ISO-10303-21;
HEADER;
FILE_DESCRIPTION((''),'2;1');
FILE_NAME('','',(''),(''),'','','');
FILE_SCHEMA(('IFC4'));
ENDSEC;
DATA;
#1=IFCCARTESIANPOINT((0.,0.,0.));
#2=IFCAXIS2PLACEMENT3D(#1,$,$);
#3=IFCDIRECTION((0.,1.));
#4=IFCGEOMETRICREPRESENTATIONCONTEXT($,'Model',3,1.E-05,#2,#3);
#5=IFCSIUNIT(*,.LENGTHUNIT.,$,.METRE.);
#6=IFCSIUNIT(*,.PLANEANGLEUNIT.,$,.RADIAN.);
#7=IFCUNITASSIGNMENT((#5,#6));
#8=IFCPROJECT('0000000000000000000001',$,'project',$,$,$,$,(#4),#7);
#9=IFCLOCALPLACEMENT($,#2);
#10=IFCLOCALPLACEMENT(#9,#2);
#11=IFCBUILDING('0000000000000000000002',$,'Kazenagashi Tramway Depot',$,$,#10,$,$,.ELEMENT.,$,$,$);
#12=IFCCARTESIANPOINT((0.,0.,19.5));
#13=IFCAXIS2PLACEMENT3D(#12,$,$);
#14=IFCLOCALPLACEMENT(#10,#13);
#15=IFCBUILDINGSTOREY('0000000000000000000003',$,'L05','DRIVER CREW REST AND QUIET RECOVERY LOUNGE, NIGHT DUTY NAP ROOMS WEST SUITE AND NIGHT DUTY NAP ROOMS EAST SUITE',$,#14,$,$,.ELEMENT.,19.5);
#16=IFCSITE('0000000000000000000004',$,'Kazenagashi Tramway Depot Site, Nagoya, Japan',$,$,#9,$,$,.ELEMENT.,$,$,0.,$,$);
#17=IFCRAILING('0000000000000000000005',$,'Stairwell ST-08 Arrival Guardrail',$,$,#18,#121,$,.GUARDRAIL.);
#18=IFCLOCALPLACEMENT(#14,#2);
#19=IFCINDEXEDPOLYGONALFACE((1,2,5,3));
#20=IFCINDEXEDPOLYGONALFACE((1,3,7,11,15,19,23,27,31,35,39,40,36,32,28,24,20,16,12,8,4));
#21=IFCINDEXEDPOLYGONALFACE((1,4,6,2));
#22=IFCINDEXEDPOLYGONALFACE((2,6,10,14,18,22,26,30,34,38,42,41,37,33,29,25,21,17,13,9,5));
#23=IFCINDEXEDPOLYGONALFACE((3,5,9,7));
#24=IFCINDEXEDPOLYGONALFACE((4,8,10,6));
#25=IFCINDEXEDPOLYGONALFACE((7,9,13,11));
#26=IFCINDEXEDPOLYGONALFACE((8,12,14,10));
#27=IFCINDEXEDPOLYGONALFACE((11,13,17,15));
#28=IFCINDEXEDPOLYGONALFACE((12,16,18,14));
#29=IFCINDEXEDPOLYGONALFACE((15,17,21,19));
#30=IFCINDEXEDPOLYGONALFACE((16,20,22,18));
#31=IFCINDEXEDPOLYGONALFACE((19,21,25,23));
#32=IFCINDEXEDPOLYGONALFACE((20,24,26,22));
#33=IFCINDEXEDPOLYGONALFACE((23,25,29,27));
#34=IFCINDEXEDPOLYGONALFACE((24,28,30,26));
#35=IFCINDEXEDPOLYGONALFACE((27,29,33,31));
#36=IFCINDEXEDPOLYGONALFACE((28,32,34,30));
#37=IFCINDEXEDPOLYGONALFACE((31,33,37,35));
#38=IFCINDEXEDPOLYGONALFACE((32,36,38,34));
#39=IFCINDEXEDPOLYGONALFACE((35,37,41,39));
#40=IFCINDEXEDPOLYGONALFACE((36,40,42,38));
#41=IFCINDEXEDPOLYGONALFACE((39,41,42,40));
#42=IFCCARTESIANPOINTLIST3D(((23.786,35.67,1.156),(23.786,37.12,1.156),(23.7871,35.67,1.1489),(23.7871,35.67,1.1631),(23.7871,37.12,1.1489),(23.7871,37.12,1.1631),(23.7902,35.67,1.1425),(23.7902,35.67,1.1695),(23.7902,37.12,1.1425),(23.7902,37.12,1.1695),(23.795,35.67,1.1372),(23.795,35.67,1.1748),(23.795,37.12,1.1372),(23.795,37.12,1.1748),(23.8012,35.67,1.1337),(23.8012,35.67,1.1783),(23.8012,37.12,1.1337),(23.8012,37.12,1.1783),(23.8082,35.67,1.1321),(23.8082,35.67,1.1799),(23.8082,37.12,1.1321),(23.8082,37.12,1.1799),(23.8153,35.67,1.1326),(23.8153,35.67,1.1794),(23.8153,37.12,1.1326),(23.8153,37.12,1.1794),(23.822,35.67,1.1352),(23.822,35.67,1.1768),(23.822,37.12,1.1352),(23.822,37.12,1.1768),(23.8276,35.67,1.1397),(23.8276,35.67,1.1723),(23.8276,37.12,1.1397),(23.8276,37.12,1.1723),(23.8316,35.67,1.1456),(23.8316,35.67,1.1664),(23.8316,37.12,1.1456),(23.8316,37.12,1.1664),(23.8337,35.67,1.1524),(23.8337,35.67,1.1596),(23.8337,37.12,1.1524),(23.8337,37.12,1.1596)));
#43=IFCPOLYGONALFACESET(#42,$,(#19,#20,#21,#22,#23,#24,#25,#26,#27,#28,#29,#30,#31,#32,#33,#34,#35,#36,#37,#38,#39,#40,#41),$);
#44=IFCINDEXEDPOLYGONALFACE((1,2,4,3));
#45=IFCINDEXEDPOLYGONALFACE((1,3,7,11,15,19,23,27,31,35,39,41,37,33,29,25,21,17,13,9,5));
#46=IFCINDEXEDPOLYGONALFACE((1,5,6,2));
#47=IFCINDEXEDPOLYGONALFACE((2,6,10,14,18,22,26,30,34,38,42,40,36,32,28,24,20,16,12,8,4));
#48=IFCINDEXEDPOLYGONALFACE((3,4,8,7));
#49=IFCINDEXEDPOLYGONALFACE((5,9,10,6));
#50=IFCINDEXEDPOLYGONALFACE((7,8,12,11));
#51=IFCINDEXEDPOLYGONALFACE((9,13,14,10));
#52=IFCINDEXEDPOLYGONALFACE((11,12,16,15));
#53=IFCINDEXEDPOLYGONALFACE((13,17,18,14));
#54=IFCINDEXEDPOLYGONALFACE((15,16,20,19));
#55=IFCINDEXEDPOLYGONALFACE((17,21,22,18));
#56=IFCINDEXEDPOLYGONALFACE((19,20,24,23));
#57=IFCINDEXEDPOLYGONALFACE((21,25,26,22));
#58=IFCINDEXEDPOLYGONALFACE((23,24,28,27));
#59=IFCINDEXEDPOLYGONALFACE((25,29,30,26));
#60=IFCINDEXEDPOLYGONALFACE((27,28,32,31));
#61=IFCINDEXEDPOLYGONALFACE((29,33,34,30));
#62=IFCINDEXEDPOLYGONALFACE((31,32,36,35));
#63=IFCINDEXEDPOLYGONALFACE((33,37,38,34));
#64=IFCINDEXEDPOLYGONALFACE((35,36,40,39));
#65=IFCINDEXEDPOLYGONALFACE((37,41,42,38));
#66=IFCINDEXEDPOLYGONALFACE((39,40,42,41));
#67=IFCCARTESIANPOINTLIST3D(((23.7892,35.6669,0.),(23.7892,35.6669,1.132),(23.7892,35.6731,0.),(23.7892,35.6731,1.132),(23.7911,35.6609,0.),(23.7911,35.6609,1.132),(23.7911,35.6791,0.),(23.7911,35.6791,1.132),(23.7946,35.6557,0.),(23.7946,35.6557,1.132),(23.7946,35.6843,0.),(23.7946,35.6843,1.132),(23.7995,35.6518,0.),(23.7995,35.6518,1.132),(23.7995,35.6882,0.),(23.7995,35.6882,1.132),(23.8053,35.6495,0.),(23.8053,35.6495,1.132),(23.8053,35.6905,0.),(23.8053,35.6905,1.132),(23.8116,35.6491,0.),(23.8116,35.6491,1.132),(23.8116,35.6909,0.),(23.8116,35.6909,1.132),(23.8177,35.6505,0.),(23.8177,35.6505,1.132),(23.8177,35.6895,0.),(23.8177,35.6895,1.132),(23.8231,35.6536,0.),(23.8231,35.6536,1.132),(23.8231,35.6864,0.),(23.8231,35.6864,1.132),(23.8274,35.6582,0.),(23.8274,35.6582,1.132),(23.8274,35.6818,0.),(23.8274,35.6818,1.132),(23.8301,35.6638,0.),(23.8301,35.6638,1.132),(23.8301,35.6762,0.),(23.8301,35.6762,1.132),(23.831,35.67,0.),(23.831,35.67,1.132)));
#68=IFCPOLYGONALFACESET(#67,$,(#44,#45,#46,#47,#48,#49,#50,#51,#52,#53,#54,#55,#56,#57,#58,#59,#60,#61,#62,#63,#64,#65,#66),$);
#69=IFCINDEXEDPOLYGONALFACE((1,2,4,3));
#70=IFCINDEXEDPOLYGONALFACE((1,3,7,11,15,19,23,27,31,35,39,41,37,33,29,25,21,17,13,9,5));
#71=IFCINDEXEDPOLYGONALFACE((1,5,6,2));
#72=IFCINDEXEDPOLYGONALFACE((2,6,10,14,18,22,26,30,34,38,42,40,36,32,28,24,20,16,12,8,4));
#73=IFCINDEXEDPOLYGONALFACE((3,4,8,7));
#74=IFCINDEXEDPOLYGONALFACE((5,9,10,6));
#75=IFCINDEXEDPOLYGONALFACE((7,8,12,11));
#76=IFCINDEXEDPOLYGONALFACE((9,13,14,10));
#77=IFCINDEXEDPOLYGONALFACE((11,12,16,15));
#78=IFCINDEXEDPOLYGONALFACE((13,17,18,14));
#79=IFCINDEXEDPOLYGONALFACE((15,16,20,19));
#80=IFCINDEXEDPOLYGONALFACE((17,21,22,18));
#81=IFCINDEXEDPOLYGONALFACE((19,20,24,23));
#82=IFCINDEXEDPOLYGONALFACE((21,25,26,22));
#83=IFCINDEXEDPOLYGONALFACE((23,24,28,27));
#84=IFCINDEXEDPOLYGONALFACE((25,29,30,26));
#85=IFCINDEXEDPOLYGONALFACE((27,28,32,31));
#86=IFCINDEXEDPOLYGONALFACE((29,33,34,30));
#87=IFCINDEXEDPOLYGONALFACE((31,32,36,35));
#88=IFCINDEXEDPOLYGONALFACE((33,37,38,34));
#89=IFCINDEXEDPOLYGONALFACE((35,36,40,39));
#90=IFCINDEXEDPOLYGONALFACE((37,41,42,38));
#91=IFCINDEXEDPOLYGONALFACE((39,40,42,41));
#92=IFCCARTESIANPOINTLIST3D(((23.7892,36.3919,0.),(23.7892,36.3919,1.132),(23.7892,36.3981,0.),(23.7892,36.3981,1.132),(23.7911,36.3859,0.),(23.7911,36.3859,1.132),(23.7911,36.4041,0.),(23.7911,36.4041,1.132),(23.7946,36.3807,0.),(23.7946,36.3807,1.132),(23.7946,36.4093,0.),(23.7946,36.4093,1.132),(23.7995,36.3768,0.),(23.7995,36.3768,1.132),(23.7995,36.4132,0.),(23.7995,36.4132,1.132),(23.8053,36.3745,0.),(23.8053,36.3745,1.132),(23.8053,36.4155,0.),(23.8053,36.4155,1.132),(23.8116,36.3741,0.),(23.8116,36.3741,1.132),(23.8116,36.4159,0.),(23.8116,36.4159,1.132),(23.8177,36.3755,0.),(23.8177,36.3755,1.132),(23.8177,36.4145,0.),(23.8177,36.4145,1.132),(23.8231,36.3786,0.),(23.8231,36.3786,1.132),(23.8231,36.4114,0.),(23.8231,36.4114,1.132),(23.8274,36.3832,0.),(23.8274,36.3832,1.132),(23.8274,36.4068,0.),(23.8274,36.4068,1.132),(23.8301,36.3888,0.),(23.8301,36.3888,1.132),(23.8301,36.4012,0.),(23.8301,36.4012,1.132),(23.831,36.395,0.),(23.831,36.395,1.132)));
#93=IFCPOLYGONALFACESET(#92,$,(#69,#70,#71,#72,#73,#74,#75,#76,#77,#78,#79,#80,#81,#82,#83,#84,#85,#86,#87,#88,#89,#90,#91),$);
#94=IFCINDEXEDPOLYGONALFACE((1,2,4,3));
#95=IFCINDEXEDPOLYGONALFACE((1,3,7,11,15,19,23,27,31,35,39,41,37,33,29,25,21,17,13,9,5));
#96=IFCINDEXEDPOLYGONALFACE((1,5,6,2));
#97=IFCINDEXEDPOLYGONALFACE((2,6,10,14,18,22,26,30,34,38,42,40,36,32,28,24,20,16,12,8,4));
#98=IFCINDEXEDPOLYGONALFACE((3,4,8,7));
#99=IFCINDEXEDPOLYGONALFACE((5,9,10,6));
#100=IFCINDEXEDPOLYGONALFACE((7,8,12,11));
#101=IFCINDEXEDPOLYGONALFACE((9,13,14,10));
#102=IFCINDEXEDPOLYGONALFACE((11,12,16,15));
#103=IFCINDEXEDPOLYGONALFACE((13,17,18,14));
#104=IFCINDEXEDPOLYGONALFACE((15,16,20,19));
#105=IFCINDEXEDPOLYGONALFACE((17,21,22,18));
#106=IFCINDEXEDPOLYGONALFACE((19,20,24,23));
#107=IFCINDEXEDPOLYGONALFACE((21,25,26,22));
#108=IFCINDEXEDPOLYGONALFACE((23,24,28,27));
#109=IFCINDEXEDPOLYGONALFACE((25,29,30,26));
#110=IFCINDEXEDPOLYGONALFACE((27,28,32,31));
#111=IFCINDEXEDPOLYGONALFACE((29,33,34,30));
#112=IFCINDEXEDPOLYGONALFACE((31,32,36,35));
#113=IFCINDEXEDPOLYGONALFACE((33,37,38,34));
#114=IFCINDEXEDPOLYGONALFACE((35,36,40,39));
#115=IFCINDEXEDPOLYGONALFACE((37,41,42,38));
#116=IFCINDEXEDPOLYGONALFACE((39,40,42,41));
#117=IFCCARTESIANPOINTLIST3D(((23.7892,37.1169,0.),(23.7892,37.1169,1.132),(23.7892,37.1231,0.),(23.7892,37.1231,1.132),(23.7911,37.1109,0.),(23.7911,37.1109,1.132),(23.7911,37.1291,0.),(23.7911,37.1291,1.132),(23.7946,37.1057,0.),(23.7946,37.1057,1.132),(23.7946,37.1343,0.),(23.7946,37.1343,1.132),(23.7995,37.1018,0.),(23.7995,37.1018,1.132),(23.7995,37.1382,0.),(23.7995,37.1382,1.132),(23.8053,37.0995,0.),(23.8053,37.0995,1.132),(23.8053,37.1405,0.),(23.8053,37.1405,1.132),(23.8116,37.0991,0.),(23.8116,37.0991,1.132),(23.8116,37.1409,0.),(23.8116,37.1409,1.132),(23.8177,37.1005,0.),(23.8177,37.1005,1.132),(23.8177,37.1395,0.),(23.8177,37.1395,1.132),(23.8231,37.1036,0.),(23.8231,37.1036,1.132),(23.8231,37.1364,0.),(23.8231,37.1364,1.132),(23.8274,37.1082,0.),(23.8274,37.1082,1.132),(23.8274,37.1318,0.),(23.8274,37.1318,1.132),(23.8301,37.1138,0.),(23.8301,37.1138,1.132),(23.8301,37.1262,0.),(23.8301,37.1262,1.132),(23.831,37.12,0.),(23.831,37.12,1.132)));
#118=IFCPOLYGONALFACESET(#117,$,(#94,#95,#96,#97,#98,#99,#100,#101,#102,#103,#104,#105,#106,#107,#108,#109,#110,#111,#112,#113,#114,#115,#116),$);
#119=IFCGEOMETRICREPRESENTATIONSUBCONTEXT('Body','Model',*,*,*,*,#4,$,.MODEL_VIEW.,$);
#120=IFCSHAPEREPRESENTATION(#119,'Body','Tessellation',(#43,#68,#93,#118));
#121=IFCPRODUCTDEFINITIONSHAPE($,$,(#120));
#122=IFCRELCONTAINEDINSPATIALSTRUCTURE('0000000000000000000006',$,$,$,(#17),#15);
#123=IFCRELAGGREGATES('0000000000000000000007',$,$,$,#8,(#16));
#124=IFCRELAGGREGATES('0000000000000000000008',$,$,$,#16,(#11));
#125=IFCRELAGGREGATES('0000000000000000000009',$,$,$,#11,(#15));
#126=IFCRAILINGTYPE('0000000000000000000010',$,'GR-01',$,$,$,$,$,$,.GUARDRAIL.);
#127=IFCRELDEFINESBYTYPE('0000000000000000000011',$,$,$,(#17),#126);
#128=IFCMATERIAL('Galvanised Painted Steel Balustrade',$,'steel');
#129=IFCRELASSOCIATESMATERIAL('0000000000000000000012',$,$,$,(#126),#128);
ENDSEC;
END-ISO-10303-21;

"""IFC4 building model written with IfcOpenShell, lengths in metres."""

from ifc_helpers import new_model, si_unit, direction, frame, origin, origin_2d, place, context, subcontext, project, spatial, circle, extrude, material, type_object, element, save


model = new_model("IFC4")

# Units and contexts
model_context = context("Model", 3, precision=1e-05, world=origin(), true_north=direction((0.0, 1.0)))
body_context = subcontext(model_context, "Body", "Model", "MODEL_VIEW")
ifc_project = project(units=[si_unit("LENGTHUNIT", "METRE"), si_unit("PLANEANGLEUNIT", "RADIAN")], contexts=[model_context])

# Site, building, storey
site_placement = place(None, origin())
site = spatial("IfcSite", under=ifc_project, at=site_placement, Name="Kazenagashi Tramway Depot Site, Nagoya, Japan", CompositionType="ELEMENT", RefElevation=0.0)
building_placement = place(site_placement, origin())
building = spatial("IfcBuilding", under=site, at=building_placement, Name="Kazenagashi Tramway Depot", CompositionType="ELEMENT")
storey_placement = place(building_placement, frame((0.0, 0.0, 19.5)))
storey = spatial("IfcBuildingStorey", under=building, at=storey_placement, Name="L05", Description="DRIVER CREW REST AND QUIET RECOVERY LOUNGE, NIGHT DUTY NAP ROOMS WEST SUITE AND NIGHT DUTY NAP ROOMS EAST SUITE", CompositionType="ELEMENT", Elevation=19.5)

# Railing
ifc_material_1 = material(Name="Galvanised Painted Steel Balustrade", Category="steel")
railing_type = type_object("IfcRailingType", Name="GR-01", PredefinedType="GUARDRAIL", material=ifc_material_1)
railing_placement = place(storey_placement, frame((23.81, 35.67, 0.0)))
element("IfcRailing", 1, at=railing_placement, inside=storey, type_object=railing_type, Name="Stairwell ST-08 Arrival Guardrail", PredefinedType="GUARDRAIL", context=body_context, shape_type="SweptSolid", body=[
    extrude(circle(Radius=0.024, at=origin_2d()), frame((0.0, 0.0, 1.156), z_axis=(0.0, 1.0, 0.0), x_axis=(-1.0, 0.0, 0.0)), (0.0, 0.0, 1.0), 1.45),
    extrude(circle(Radius=0.021, at=origin_2d()), origin(), (0.0, 0.0, 1.0), 1.132),
    extrude(circle(Radius=0.021, at=origin_2d()), frame((0.0, 0.725, 0.0)), (0.0, 0.0, 1.0), 1.132),
    extrude(circle(Radius=0.021, at=origin_2d()), frame((0.0, 1.45, 0.0)), (0.0, 0.0, 1.0), 1.132),
])

save(model, "model.ifc")
